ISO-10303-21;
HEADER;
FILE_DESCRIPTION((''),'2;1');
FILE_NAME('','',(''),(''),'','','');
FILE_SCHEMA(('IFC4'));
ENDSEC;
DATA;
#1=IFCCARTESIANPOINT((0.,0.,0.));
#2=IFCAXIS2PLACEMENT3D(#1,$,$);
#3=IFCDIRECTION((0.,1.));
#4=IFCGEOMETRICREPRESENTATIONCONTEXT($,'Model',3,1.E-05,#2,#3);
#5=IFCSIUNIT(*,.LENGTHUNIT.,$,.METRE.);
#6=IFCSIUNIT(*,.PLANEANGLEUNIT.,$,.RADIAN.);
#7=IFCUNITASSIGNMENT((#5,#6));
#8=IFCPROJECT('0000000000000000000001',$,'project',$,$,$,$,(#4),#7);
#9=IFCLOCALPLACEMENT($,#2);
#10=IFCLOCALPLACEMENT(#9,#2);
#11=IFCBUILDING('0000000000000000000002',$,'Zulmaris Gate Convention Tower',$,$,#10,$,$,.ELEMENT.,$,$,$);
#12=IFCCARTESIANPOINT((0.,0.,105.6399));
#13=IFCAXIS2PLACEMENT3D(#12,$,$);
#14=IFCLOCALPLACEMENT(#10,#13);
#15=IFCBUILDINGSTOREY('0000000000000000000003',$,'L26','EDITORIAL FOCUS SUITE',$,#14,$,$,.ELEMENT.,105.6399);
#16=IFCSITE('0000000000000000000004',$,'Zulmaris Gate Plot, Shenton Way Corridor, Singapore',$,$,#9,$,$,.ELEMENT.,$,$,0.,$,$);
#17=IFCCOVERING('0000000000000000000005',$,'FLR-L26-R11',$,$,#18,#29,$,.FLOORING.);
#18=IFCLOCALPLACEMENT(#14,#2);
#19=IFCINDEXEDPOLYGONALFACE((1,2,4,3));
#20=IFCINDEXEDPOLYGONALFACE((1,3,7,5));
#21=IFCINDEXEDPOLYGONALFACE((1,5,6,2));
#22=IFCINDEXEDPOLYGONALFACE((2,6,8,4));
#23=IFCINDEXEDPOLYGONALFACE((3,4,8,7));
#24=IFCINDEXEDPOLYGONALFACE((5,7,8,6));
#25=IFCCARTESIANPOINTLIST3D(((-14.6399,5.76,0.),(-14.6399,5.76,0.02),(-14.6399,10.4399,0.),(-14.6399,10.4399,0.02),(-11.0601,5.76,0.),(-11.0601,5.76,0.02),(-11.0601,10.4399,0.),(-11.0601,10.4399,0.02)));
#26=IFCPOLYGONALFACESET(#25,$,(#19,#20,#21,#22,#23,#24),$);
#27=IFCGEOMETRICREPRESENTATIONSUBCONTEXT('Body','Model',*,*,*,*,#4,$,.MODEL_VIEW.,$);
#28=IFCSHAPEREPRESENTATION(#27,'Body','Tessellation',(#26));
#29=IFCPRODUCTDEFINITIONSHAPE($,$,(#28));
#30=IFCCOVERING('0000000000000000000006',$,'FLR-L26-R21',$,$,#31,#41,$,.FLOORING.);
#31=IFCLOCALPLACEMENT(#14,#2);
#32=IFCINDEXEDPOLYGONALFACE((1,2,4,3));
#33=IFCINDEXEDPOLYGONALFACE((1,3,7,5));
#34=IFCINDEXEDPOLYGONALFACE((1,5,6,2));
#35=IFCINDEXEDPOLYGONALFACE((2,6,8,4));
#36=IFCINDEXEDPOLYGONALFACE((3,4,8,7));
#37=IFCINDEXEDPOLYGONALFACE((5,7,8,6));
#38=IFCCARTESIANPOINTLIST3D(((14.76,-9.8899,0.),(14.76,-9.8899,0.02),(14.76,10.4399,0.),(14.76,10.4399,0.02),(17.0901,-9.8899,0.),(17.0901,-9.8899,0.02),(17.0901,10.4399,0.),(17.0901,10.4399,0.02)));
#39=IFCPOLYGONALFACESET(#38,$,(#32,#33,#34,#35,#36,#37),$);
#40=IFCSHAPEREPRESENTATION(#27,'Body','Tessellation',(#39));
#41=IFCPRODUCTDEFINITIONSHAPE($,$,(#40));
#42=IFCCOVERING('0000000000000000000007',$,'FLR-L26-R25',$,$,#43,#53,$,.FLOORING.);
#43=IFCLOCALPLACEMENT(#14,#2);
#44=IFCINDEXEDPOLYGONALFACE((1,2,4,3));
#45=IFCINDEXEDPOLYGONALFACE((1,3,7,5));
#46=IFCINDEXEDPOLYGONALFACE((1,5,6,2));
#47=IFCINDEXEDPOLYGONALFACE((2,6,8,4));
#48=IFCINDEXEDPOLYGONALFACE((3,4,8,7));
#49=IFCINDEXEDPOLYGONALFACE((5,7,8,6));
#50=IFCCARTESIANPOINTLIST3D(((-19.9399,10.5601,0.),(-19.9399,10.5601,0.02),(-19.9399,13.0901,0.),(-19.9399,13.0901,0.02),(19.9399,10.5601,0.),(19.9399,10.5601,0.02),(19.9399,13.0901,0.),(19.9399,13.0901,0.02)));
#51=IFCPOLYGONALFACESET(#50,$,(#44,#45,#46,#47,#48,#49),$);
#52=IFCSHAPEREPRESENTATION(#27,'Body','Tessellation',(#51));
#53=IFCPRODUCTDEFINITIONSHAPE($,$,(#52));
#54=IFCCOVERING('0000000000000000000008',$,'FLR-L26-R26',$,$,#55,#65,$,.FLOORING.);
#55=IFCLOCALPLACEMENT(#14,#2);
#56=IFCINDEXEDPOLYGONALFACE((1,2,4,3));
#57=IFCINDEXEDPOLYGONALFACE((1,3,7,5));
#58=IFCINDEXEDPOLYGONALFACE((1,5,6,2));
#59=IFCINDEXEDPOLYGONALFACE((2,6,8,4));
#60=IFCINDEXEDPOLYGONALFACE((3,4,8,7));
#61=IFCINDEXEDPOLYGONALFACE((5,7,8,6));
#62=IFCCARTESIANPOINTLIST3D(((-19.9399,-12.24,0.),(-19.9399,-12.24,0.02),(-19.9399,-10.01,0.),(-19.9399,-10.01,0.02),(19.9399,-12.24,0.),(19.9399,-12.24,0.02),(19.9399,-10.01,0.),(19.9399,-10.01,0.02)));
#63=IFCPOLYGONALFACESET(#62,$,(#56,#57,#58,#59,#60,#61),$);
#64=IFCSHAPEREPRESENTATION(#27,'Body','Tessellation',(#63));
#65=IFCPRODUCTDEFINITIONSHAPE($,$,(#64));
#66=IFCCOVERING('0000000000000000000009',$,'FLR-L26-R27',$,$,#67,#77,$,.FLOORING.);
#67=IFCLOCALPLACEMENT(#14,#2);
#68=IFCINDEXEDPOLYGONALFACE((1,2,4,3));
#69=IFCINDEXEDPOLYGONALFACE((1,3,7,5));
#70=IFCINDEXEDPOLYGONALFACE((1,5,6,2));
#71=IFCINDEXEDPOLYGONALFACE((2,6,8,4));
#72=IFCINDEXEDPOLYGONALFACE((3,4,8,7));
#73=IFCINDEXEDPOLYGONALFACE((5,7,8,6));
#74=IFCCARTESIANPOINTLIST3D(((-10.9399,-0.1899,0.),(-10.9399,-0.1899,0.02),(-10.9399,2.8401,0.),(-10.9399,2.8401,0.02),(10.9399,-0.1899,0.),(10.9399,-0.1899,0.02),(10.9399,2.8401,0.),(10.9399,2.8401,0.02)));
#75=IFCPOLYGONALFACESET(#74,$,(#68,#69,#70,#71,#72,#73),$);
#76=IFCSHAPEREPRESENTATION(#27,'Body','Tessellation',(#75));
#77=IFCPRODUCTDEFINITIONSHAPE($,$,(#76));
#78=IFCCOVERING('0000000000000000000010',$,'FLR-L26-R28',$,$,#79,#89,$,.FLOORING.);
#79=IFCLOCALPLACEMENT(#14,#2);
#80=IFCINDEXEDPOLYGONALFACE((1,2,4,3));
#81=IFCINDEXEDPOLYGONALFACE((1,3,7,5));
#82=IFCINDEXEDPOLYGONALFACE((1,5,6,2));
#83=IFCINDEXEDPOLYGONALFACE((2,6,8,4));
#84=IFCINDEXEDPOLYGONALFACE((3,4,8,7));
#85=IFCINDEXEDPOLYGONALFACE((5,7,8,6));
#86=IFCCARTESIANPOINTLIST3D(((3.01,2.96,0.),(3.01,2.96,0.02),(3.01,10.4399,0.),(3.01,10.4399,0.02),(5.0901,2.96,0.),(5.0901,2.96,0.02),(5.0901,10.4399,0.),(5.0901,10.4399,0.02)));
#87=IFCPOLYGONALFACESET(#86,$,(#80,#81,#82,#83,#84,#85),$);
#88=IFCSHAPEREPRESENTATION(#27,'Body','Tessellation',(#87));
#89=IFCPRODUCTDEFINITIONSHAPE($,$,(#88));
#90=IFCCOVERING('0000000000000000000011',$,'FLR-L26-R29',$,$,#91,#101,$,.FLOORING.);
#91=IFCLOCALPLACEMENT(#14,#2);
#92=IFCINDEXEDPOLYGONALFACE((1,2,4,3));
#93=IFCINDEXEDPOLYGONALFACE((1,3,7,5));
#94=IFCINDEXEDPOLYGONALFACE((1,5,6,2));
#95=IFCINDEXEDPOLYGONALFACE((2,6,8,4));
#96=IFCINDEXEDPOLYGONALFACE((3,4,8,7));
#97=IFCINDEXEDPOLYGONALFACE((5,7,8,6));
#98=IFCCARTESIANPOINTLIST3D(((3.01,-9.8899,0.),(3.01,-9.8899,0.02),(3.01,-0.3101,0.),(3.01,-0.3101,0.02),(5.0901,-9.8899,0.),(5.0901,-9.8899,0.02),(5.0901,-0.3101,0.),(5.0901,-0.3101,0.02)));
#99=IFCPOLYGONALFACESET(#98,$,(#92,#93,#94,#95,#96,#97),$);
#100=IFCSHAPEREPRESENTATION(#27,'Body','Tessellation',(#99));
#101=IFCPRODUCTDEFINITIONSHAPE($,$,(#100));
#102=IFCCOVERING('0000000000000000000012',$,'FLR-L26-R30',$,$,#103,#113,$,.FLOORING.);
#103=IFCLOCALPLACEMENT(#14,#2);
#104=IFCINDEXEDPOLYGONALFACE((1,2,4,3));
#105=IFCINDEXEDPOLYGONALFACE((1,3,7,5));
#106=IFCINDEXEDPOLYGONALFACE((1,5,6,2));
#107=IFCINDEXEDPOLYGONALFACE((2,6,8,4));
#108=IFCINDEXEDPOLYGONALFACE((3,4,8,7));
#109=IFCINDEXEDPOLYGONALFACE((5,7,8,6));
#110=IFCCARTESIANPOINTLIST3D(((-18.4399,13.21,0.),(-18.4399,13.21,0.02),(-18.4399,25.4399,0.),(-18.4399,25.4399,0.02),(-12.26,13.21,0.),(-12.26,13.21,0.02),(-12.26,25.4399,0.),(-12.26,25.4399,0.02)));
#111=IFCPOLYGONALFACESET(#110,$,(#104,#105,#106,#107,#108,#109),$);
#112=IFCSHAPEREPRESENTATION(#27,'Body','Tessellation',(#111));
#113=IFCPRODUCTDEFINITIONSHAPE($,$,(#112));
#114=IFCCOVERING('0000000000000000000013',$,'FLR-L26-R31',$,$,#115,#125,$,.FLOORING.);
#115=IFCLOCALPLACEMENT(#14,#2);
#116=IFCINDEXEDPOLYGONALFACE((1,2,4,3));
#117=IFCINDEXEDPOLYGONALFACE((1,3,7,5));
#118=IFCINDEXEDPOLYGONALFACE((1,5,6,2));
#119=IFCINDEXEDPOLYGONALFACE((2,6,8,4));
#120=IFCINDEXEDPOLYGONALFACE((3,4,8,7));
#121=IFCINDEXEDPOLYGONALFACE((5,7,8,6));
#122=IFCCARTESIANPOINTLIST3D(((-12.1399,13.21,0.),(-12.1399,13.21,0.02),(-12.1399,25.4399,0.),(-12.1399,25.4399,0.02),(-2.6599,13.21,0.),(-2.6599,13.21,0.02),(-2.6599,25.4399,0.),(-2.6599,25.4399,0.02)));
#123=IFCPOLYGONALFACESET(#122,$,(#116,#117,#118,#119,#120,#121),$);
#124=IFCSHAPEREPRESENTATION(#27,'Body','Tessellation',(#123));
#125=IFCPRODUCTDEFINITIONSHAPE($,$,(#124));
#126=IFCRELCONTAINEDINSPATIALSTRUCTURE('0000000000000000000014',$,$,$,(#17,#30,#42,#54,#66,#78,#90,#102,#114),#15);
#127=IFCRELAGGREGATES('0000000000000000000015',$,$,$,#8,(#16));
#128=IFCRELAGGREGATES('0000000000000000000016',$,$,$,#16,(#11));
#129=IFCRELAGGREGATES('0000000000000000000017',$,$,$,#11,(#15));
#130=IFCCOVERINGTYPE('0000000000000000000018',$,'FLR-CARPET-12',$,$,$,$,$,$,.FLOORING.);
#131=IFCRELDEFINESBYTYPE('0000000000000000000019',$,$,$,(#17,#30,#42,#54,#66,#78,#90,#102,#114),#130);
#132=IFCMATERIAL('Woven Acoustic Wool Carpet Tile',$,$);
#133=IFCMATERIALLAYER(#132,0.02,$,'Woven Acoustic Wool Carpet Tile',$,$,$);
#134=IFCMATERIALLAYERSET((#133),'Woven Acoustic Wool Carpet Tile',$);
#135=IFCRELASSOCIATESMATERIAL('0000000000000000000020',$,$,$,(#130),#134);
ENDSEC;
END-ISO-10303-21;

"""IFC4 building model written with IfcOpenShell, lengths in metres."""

from ifc_helpers import new_model, si_unit, direction, frame, origin, place, context, subcontext, project, spatial, polyline, outline, extrude, material, layer, layer_set, type_object, element, save


model = new_model("IFC4")

# Units and contexts
model_context = context("Model", 3, precision=1e-05, world=origin(), true_north=direction((0.0, 1.0)))
body_context = subcontext(model_context, "Body", "Model", "MODEL_VIEW")
ifc_project = project(units=[si_unit("LENGTHUNIT", "METRE"), si_unit("PLANEANGLEUNIT", "RADIAN")], contexts=[model_context])

# Site, building, storey
site_placement = place(None, origin())
site = spatial("IfcSite", under=ifc_project, at=site_placement, Name="Zulmaris Gate Plot, Shenton Way Corridor, Singapore", CompositionType="ELEMENT", RefElevation=0.0)
building_placement = place(site_placement, origin())
building = spatial("IfcBuilding", under=site, at=building_placement, Name="Zulmaris Gate Convention Tower", CompositionType="ELEMENT")
storey_placement = place(building_placement, frame((0.0, 0.0, 105.6399)))
storey = spatial("IfcBuildingStorey", under=building, at=storey_placement, Name="L26", Description="EDITORIAL FOCUS SUITE", CompositionType="ELEMENT", Elevation=105.6399)

# Coverings
ifc_material_1 = material(Name="Woven Acoustic Wool Carpet Tile")
ifc_layer_1 = layer(ifc_material_1, 0.02, Name="Woven Acoustic Wool Carpet Tile")
ifc_layer_set_1 = layer_set([ifc_layer_1], Name="Woven Acoustic Wool Carpet Tile")
covering_type_1 = type_object("IfcCoveringType", Name="FLR-CARPET-12", PredefinedType="FLOORING", material=ifc_layer_set_1)
covering_1_placement = place(storey_placement, origin())
element("IfcCovering", 1, at=covering_1_placement, inside=storey, type_object=covering_type_1, Name="FLR-L26-R11", PredefinedType="FLOORING", context=body_context, shape_type="SweptSolid", body=[
    extrude(outline(polyline([(-14.6399, 5.76), (-11.0601, 5.76), (-11.0601, 10.4399), (-14.6399, 10.4399), (-14.6399, 5.76)])), origin(), (0.0, 0.0, 1.0), 0.02),
])
covering_2_placement = place(storey_placement, origin())
element("IfcCovering", 2, at=covering_2_placement, inside=storey, type_object=covering_type_1, Name="FLR-L26-R21", PredefinedType="FLOORING", context=body_context, shape_type="SweptSolid", body=[
    extrude(outline(polyline([(14.76, -9.8899), (17.0901, -9.8899), (17.0901, 10.4399), (14.76, 10.4399), (14.76, -9.8899)])), origin(), (0.0, 0.0, 1.0), 0.02),
])
covering_3_placement = place(storey_placement, origin())
element("IfcCovering", 3, at=covering_3_placement, inside=storey, type_object=covering_type_1, Name="FLR-L26-R25", PredefinedType="FLOORING", context=body_context, shape_type="SweptSolid", body=[
    extrude(outline(polyline([(-19.9399, 10.5601), (19.9399, 10.5601), (19.9399, 13.0901), (-19.9399, 13.0901), (-19.9399, 10.5601)])), origin(), (0.0, 0.0, 1.0), 0.02),
])
covering_4_placement = place(storey_placement, origin())
element("IfcCovering", 4, at=covering_4_placement, inside=storey, type_object=covering_type_1, Name="FLR-L26-R26", PredefinedType="FLOORING", context=body_context, shape_type="SweptSolid", body=[
    extrude(outline(polyline([(-19.9399, -12.24), (19.9399, -12.24), (19.9399, -10.01), (-19.9399, -10.01), (-19.9399, -12.24)])), origin(), (0.0, 0.0, 1.0), 0.02),
])
covering_5_placement = place(storey_placement, origin())
element("IfcCovering", 5, at=covering_5_placement, inside=storey, type_object=covering_type_1, Name="FLR-L26-R27", PredefinedType="FLOORING", context=body_context, shape_type="SweptSolid", body=[
    extrude(outline(polyline([(-10.9399, -0.1899), (10.9399, -0.1899), (10.9399, 2.8401), (-10.9399, 2.8401), (-10.9399, -0.1899)])), origin(), (0.0, 0.0, 1.0), 0.02),
])
covering_6_placement = place(storey_placement, origin())
element("IfcCovering", 6, at=covering_6_placement, inside=storey, type_object=covering_type_1, Name="FLR-L26-R28", PredefinedType="FLOORING", context=body_context, shape_type="SweptSolid", body=[
    extrude(outline(polyline([(3.01, 2.96), (5.0901, 2.96), (5.0901, 10.4399), (3.01, 10.4399), (3.01, 2.96)])), origin(), (0.0, 0.0, 1.0), 0.02),
])
covering_7_placement = place(storey_placement, origin())
element("IfcCovering", 7, at=covering_7_placement, inside=storey, type_object=covering_type_1, Name="FLR-L26-R29", PredefinedType="FLOORING", context=body_context, shape_type="SweptSolid", body=[
    extrude(outline(polyline([(3.01, -9.8899), (5.0901, -9.8899), (5.0901, -0.3101), (3.01, -0.3101), (3.01, -9.8899)])), origin(), (0.0, 0.0, 1.0), 0.02),
])
covering_8_placement = place(storey_placement, origin())
element("IfcCovering", 8, at=covering_8_placement, inside=storey, type_object=covering_type_1, Name="FLR-L26-R30", PredefinedType="FLOORING", context=body_context, shape_type="SweptSolid", body=[
    extrude(outline(polyline([(-18.4399, 13.21), (-12.26, 13.21), (-12.26, 25.4399), (-18.4399, 25.4399), (-18.4399, 13.21)])), origin(), (0.0, 0.0, 1.0), 0.02),
])
covering_9_placement = place(storey_placement, origin())
element("IfcCovering", 9, at=covering_9_placement, inside=storey, type_object=covering_type_1, Name="FLR-L26-R31", PredefinedType="FLOORING", context=body_context, shape_type="SweptSolid", body=[
    extrude(outline(polyline([(-12.1399, 13.21), (-2.6599, 13.21), (-2.6599, 25.4399), (-12.1399, 25.4399), (-12.1399, 13.21)])), origin(), (0.0, 0.0, 1.0), 0.02),
])

save(model, "model.ifc")
